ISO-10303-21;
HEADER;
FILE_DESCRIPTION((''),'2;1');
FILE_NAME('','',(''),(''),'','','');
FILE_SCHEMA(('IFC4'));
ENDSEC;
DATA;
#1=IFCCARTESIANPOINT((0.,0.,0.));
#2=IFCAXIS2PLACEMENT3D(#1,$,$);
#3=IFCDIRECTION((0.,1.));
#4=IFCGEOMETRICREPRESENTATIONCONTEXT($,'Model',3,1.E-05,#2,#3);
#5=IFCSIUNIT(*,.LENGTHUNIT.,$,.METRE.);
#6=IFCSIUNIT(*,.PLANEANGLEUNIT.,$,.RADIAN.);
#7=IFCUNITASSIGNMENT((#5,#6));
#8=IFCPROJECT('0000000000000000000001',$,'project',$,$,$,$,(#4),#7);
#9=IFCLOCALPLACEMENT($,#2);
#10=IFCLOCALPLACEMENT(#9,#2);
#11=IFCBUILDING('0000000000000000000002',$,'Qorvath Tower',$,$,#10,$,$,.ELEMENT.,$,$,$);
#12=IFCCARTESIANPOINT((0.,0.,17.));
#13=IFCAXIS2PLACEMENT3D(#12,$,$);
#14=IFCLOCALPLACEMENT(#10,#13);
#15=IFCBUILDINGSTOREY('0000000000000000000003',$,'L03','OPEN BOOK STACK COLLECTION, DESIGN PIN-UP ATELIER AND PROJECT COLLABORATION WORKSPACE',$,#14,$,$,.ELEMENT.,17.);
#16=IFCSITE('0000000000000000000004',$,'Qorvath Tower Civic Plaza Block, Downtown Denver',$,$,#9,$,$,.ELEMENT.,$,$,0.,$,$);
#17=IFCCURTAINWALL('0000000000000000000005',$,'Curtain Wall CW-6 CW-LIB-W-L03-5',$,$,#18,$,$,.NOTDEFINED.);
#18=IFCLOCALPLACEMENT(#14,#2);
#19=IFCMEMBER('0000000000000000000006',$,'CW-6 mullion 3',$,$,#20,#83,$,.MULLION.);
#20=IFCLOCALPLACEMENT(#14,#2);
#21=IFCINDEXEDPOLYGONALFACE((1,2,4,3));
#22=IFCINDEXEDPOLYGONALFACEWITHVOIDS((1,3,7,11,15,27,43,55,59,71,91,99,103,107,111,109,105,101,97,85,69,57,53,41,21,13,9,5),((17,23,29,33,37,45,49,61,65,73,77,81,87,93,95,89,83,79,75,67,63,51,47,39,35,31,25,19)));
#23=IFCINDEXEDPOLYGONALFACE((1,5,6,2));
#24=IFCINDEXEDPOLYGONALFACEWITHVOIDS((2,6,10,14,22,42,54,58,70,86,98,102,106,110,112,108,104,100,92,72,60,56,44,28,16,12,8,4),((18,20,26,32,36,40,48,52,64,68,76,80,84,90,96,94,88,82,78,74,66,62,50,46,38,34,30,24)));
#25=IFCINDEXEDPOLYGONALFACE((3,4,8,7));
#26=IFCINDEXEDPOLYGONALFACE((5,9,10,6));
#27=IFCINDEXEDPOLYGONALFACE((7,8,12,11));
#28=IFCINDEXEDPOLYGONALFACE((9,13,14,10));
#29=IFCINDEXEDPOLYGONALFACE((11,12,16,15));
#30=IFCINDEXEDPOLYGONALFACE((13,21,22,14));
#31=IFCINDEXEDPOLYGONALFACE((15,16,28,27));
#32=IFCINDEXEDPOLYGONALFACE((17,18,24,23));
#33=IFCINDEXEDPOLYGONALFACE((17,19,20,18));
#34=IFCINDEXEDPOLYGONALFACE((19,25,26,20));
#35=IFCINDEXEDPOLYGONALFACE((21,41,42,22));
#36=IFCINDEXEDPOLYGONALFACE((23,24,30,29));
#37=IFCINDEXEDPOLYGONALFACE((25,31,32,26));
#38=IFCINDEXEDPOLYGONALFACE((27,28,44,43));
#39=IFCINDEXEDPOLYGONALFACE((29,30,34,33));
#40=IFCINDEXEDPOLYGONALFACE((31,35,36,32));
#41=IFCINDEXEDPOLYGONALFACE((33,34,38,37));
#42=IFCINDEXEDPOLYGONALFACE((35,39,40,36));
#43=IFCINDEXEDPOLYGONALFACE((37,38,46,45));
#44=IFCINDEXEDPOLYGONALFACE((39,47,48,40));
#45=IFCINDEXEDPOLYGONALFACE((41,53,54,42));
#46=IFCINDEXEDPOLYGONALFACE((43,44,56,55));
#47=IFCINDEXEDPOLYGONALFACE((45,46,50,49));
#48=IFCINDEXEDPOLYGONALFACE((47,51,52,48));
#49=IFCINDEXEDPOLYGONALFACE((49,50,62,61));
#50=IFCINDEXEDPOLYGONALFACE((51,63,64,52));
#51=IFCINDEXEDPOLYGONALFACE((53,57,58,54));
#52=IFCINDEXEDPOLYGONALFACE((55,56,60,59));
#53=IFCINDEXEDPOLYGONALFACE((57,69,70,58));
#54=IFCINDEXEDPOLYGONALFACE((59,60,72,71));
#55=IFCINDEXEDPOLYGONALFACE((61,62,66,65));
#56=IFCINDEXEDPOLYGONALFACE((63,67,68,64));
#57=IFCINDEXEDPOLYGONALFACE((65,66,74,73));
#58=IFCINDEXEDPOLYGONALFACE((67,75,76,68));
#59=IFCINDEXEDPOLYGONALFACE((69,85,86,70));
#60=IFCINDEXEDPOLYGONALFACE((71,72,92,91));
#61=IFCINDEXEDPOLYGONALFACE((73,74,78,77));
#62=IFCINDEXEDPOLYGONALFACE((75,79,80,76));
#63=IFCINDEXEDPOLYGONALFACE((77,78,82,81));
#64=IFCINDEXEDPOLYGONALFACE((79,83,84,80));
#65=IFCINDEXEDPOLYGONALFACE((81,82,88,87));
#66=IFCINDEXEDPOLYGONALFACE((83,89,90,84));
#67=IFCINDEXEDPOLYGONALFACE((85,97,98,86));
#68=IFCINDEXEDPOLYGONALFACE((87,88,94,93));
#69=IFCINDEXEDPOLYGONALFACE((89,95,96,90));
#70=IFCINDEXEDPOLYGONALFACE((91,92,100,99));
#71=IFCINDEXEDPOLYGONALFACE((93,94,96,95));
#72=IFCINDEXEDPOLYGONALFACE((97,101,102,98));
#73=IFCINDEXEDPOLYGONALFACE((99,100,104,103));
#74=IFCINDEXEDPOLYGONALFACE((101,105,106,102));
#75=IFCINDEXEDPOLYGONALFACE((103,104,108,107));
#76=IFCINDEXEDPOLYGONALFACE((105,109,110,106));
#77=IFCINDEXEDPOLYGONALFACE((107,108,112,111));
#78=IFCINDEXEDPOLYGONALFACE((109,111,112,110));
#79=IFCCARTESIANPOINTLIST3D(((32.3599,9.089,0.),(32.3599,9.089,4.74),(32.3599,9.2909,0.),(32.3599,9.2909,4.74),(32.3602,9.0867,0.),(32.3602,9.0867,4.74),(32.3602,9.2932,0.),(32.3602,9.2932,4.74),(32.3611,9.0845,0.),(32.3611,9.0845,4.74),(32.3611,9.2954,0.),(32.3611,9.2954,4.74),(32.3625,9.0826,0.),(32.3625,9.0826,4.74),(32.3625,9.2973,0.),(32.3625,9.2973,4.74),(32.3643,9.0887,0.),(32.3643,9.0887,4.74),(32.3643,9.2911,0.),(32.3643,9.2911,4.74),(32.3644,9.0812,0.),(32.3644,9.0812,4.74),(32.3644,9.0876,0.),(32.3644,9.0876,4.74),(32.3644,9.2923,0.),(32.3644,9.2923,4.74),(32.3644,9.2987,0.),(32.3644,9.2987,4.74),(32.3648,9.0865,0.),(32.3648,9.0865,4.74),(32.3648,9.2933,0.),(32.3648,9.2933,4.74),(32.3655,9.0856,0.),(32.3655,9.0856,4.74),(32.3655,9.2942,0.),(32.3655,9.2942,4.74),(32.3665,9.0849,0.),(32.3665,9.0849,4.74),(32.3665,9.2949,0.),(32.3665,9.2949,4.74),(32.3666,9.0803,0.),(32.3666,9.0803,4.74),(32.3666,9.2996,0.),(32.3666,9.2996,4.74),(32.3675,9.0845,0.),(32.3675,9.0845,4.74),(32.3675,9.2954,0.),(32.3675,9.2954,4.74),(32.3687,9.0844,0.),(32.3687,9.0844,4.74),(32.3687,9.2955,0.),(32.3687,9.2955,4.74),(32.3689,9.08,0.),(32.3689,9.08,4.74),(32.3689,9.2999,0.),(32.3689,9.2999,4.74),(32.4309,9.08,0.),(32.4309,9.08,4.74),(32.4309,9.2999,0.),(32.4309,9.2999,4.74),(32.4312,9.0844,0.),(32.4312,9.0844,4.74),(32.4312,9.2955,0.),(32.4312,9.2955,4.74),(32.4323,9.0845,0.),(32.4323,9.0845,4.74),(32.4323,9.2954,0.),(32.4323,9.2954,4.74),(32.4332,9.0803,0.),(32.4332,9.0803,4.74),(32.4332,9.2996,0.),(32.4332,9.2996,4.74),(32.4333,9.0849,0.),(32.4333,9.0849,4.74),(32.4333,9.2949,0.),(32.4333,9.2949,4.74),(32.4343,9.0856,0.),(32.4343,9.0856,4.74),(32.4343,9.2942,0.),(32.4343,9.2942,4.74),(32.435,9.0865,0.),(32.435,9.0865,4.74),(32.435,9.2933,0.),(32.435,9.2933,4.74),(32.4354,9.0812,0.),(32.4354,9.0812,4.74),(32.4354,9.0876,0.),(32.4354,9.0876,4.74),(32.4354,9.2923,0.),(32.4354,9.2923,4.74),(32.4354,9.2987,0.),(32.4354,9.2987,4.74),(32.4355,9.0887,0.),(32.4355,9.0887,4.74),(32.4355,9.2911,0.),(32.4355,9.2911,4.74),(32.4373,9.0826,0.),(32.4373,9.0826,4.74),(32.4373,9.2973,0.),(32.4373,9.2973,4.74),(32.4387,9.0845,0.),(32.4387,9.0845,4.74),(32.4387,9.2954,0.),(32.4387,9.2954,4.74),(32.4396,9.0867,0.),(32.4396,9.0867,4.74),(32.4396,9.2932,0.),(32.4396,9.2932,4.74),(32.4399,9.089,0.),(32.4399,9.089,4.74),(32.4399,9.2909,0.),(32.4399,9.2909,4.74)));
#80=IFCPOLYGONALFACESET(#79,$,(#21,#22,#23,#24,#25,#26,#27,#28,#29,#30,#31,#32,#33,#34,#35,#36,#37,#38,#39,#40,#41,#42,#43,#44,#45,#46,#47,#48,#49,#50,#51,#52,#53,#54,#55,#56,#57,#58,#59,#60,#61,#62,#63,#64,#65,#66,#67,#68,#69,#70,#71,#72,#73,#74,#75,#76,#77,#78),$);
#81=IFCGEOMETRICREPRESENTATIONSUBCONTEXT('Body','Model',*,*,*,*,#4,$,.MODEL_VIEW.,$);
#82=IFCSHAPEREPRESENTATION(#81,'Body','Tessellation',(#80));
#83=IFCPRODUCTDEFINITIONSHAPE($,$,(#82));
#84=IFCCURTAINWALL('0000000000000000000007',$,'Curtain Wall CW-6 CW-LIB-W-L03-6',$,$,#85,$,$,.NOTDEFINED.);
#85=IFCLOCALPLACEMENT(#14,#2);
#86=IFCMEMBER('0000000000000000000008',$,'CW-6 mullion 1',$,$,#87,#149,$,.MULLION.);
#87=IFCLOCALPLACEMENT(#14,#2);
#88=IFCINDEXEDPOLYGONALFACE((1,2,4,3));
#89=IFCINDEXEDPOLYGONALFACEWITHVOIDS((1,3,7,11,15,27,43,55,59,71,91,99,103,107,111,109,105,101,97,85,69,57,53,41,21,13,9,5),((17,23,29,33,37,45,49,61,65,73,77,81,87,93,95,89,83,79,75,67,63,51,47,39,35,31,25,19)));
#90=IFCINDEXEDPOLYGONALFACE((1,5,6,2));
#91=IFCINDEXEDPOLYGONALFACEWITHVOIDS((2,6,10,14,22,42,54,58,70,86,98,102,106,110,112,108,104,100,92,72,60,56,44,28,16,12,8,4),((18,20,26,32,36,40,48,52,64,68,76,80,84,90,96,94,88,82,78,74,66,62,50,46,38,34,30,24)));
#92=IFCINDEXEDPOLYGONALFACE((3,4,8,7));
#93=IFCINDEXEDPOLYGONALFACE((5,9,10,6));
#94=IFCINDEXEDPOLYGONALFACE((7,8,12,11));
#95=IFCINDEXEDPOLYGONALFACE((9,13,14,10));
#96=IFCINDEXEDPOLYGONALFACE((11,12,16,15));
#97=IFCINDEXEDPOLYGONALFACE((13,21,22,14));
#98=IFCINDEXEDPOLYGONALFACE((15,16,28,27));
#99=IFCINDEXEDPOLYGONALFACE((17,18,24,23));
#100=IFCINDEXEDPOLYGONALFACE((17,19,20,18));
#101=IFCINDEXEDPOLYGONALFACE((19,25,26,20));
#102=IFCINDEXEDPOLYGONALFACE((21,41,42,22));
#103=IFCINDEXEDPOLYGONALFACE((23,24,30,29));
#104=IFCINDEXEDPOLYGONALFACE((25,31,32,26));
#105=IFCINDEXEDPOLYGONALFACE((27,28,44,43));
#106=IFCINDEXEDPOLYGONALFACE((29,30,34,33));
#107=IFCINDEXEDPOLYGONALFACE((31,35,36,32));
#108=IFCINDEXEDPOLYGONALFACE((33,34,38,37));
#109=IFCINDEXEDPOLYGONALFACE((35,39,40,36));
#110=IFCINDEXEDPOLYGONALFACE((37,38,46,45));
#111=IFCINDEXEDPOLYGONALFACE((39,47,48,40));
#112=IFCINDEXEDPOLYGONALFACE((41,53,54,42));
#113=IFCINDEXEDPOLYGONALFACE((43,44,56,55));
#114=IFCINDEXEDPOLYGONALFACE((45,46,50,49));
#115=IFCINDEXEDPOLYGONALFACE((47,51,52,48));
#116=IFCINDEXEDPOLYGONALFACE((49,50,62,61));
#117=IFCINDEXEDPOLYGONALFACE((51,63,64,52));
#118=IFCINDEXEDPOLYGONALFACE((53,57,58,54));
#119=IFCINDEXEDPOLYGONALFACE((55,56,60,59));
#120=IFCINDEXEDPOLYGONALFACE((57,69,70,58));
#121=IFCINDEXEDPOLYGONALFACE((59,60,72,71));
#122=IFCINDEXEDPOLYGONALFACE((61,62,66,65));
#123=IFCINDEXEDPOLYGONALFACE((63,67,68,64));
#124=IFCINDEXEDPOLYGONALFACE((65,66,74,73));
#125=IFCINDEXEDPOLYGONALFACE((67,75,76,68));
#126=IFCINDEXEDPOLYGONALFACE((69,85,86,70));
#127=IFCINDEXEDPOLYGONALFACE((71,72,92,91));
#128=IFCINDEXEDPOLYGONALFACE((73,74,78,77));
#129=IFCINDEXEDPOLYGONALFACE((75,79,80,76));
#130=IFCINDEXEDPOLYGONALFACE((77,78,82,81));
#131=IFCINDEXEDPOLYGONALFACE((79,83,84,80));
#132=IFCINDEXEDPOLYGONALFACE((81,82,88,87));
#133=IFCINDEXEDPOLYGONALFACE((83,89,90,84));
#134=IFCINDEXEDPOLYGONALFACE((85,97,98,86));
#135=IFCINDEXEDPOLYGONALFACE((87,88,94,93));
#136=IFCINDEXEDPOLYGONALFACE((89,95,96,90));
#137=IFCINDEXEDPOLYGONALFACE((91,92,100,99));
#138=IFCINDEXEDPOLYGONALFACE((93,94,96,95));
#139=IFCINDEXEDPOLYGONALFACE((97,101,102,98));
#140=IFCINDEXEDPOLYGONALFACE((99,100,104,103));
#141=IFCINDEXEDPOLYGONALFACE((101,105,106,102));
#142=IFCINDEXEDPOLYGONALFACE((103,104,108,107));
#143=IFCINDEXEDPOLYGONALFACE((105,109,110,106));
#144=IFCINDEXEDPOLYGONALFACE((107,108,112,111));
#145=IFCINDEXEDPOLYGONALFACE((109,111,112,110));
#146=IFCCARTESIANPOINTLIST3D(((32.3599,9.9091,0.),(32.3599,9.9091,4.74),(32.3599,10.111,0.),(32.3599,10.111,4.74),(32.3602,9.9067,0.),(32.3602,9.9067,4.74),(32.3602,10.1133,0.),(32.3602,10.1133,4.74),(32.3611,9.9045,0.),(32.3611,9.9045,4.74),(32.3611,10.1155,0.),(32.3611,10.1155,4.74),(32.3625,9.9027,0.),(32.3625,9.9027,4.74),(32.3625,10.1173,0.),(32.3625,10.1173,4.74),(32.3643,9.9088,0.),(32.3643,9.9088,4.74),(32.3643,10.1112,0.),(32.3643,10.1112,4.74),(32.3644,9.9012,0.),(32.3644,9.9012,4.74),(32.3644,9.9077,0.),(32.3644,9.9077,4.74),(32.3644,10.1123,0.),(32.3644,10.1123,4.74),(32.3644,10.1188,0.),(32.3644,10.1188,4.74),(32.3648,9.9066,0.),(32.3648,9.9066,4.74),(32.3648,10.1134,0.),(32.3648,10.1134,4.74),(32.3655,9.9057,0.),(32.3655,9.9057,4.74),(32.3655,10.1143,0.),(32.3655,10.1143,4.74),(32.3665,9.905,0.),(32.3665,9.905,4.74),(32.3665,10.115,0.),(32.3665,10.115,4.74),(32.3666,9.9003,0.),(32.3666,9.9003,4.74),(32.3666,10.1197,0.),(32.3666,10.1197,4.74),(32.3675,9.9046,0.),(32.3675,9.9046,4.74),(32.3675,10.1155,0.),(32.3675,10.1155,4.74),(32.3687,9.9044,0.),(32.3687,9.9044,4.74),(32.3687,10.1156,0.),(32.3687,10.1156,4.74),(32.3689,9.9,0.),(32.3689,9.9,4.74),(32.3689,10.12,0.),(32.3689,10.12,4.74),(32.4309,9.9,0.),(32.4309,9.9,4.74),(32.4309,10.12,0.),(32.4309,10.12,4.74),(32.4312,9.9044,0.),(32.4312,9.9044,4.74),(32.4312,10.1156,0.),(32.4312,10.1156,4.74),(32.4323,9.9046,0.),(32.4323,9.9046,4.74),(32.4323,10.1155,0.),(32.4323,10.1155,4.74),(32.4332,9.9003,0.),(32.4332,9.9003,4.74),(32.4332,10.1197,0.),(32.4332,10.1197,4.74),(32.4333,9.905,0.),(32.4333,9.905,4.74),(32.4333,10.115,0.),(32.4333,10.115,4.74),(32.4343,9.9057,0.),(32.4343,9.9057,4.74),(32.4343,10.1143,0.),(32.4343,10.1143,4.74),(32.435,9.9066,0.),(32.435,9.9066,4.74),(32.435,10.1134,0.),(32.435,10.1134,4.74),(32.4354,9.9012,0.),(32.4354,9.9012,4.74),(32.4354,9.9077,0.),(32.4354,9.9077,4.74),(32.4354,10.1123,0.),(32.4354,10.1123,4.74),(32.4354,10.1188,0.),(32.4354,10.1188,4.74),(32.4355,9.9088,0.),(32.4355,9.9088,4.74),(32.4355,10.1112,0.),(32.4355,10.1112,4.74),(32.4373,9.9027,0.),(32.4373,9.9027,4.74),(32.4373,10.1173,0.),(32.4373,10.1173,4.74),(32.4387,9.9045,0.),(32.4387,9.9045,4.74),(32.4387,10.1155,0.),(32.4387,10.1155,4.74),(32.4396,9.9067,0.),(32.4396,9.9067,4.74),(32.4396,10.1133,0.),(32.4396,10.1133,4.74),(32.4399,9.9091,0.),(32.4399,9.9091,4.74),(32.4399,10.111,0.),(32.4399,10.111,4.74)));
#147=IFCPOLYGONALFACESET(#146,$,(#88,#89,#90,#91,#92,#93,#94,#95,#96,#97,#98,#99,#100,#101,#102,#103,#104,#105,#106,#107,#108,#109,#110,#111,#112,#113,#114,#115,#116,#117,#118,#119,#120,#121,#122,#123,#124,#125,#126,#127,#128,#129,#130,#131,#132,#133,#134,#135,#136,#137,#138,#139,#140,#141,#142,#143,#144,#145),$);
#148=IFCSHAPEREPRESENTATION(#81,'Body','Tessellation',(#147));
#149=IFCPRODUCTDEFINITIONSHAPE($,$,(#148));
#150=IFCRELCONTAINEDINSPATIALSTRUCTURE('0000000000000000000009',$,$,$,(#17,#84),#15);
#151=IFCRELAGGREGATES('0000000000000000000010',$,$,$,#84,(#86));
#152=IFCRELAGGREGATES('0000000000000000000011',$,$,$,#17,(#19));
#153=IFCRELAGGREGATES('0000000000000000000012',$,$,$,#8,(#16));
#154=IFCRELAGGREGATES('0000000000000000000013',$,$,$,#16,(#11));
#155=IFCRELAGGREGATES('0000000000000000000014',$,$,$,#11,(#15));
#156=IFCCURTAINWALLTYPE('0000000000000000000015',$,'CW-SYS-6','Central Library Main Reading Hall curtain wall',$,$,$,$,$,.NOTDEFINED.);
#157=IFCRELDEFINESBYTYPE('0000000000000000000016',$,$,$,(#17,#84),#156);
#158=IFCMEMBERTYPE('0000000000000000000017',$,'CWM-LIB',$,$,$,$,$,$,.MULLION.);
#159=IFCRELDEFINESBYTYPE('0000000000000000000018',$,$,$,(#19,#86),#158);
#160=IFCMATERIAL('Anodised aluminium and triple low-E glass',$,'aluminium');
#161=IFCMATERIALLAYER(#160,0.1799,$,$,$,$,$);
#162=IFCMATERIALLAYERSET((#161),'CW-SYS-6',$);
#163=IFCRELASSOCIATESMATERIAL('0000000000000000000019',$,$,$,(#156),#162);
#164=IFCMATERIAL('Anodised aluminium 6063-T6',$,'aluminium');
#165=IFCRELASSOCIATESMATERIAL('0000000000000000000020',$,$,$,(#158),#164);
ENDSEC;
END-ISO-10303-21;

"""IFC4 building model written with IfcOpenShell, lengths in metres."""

from ifc_helpers import new_model, si_unit, direction, frame, origin, origin_2d, place, context, subcontext, project, spatial, hollow_rectangle, extrude, material, layer, layer_set, material_profile, profile_set, type_object, element, aggregate, save


model = new_model("IFC4")

# Units and contexts
model_context = context("Model", 3, precision=1e-05, world=origin(), true_north=direction((0.0, 1.0)))
body_context = subcontext(model_context, "Body", "Model", "MODEL_VIEW")
ifc_project = project(units=[si_unit("LENGTHUNIT", "METRE"), si_unit("PLANEANGLEUNIT", "RADIAN")], contexts=[model_context])

# Site, building, storey
site_placement = place(None, origin())
site = spatial("IfcSite", under=ifc_project, at=site_placement, Name="Qorvath Tower Civic Plaza Block, Downtown Denver", CompositionType="ELEMENT", RefElevation=0.0)
building_placement = place(site_placement, origin())
building = spatial("IfcBuilding", under=site, at=building_placement, Name="Qorvath Tower", CompositionType="ELEMENT")
storey_placement = place(building_placement, frame((0.0, 0.0, 17.0)))
storey = spatial("IfcBuildingStorey", under=building, at=storey_placement, Name="L03", Description="OPEN BOOK STACK COLLECTION, DESIGN PIN-UP ATELIER AND PROJECT COLLABORATION WORKSPACE", CompositionType="ELEMENT", Elevation=17.0)

# Curtain wall, member
ifc_material_1 = material(Name="Anodised aluminium and triple low-E glass", Category="aluminium")
ifc_layer_1 = layer(ifc_material_1, 0.1799)
ifc_layer_set_1 = layer_set([ifc_layer_1], Name="CW-SYS-6")
curtain_wall_type = type_object("IfcCurtainWallType", Name="CW-SYS-6", Description="Central Library Main Reading Hall curtain wall", PredefinedType="NOTDEFINED", material=ifc_layer_set_1)
curtain_wall_1_placement = place(storey_placement, origin())
curtain_wall_1 = element("IfcCurtainWall", 1, at=curtain_wall_1_placement, inside=storey, type_object=curtain_wall_type, Name="Curtain Wall CW-6 CW-LIB-W-L03-5", PredefinedType="NOTDEFINED")
ifc_material_2 = material(Name="Anodised aluminium 6063-T6", Category="aluminium")
ifc_material_profile_1 = material_profile(ifc_material_2, hollow_rectangle(XDim=0.0801, YDim=0.22, WallThickness=0.0044, InnerFilletRadius=0.0044, OuterFilletRadius=0.009, at=origin_2d()), Name="CWM LIB 220x80")
ifc_profile_set_1 = profile_set([ifc_material_profile_1], Name="Anodised aluminium 6063-T6")
member_type_1 = type_object("IfcMemberType", Name="CWM-LIB", PredefinedType="MULLION", material=ifc_profile_set_1)
member_1_placement = place(storey_placement, frame((32.3999, 9.1899, 0.0), z_axis=(0.0, 0.0, 1.0), x_axis=(-1.0, 0.0, 0.0)))
member_1 = element("IfcMember", 2, at=member_1_placement, type_object=member_type_1, Name="CW-6 mullion 3", PredefinedType="MULLION", context=body_context, shape_type="SweptSolid", body=[
    extrude(hollow_rectangle(XDim=0.0801, YDim=0.22, WallThickness=0.0044, InnerFilletRadius=0.0044, OuterFilletRadius=0.009, at=origin_2d()), origin(), (0.0, 0.0, 1.0), 4.74),
])

# Curtain wall, member
curtain_wall_2_placement = place(storey_placement, origin())
curtain_wall_2 = element("IfcCurtainWall", 3, at=curtain_wall_2_placement, inside=storey, type_object=curtain_wall_type, Name="Curtain Wall CW-6 CW-LIB-W-L03-6", PredefinedType="NOTDEFINED")
member_2_placement = place(storey_placement, frame((32.3999, 10.01, 0.0), z_axis=(0.0, 0.0, 1.0), x_axis=(-1.0, 0.0, 0.0)))
member_2 = element("IfcMember", 4, at=member_2_placement, type_object=member_type_1, Name="CW-6 mullion 1", PredefinedType="MULLION", context=body_context, shape_type="SweptSolid", body=[
    extrude(hollow_rectangle(XDim=0.0801, YDim=0.22, WallThickness=0.0044, InnerFilletRadius=0.0044, OuterFilletRadius=0.009, at=origin_2d()), origin(), (0.0, 0.0, 1.0), 4.74),
])
aggregate(curtain_wall_2, [member_2])

aggregate(curtain_wall_1, [member_1])

save(model, "model.ifc")
